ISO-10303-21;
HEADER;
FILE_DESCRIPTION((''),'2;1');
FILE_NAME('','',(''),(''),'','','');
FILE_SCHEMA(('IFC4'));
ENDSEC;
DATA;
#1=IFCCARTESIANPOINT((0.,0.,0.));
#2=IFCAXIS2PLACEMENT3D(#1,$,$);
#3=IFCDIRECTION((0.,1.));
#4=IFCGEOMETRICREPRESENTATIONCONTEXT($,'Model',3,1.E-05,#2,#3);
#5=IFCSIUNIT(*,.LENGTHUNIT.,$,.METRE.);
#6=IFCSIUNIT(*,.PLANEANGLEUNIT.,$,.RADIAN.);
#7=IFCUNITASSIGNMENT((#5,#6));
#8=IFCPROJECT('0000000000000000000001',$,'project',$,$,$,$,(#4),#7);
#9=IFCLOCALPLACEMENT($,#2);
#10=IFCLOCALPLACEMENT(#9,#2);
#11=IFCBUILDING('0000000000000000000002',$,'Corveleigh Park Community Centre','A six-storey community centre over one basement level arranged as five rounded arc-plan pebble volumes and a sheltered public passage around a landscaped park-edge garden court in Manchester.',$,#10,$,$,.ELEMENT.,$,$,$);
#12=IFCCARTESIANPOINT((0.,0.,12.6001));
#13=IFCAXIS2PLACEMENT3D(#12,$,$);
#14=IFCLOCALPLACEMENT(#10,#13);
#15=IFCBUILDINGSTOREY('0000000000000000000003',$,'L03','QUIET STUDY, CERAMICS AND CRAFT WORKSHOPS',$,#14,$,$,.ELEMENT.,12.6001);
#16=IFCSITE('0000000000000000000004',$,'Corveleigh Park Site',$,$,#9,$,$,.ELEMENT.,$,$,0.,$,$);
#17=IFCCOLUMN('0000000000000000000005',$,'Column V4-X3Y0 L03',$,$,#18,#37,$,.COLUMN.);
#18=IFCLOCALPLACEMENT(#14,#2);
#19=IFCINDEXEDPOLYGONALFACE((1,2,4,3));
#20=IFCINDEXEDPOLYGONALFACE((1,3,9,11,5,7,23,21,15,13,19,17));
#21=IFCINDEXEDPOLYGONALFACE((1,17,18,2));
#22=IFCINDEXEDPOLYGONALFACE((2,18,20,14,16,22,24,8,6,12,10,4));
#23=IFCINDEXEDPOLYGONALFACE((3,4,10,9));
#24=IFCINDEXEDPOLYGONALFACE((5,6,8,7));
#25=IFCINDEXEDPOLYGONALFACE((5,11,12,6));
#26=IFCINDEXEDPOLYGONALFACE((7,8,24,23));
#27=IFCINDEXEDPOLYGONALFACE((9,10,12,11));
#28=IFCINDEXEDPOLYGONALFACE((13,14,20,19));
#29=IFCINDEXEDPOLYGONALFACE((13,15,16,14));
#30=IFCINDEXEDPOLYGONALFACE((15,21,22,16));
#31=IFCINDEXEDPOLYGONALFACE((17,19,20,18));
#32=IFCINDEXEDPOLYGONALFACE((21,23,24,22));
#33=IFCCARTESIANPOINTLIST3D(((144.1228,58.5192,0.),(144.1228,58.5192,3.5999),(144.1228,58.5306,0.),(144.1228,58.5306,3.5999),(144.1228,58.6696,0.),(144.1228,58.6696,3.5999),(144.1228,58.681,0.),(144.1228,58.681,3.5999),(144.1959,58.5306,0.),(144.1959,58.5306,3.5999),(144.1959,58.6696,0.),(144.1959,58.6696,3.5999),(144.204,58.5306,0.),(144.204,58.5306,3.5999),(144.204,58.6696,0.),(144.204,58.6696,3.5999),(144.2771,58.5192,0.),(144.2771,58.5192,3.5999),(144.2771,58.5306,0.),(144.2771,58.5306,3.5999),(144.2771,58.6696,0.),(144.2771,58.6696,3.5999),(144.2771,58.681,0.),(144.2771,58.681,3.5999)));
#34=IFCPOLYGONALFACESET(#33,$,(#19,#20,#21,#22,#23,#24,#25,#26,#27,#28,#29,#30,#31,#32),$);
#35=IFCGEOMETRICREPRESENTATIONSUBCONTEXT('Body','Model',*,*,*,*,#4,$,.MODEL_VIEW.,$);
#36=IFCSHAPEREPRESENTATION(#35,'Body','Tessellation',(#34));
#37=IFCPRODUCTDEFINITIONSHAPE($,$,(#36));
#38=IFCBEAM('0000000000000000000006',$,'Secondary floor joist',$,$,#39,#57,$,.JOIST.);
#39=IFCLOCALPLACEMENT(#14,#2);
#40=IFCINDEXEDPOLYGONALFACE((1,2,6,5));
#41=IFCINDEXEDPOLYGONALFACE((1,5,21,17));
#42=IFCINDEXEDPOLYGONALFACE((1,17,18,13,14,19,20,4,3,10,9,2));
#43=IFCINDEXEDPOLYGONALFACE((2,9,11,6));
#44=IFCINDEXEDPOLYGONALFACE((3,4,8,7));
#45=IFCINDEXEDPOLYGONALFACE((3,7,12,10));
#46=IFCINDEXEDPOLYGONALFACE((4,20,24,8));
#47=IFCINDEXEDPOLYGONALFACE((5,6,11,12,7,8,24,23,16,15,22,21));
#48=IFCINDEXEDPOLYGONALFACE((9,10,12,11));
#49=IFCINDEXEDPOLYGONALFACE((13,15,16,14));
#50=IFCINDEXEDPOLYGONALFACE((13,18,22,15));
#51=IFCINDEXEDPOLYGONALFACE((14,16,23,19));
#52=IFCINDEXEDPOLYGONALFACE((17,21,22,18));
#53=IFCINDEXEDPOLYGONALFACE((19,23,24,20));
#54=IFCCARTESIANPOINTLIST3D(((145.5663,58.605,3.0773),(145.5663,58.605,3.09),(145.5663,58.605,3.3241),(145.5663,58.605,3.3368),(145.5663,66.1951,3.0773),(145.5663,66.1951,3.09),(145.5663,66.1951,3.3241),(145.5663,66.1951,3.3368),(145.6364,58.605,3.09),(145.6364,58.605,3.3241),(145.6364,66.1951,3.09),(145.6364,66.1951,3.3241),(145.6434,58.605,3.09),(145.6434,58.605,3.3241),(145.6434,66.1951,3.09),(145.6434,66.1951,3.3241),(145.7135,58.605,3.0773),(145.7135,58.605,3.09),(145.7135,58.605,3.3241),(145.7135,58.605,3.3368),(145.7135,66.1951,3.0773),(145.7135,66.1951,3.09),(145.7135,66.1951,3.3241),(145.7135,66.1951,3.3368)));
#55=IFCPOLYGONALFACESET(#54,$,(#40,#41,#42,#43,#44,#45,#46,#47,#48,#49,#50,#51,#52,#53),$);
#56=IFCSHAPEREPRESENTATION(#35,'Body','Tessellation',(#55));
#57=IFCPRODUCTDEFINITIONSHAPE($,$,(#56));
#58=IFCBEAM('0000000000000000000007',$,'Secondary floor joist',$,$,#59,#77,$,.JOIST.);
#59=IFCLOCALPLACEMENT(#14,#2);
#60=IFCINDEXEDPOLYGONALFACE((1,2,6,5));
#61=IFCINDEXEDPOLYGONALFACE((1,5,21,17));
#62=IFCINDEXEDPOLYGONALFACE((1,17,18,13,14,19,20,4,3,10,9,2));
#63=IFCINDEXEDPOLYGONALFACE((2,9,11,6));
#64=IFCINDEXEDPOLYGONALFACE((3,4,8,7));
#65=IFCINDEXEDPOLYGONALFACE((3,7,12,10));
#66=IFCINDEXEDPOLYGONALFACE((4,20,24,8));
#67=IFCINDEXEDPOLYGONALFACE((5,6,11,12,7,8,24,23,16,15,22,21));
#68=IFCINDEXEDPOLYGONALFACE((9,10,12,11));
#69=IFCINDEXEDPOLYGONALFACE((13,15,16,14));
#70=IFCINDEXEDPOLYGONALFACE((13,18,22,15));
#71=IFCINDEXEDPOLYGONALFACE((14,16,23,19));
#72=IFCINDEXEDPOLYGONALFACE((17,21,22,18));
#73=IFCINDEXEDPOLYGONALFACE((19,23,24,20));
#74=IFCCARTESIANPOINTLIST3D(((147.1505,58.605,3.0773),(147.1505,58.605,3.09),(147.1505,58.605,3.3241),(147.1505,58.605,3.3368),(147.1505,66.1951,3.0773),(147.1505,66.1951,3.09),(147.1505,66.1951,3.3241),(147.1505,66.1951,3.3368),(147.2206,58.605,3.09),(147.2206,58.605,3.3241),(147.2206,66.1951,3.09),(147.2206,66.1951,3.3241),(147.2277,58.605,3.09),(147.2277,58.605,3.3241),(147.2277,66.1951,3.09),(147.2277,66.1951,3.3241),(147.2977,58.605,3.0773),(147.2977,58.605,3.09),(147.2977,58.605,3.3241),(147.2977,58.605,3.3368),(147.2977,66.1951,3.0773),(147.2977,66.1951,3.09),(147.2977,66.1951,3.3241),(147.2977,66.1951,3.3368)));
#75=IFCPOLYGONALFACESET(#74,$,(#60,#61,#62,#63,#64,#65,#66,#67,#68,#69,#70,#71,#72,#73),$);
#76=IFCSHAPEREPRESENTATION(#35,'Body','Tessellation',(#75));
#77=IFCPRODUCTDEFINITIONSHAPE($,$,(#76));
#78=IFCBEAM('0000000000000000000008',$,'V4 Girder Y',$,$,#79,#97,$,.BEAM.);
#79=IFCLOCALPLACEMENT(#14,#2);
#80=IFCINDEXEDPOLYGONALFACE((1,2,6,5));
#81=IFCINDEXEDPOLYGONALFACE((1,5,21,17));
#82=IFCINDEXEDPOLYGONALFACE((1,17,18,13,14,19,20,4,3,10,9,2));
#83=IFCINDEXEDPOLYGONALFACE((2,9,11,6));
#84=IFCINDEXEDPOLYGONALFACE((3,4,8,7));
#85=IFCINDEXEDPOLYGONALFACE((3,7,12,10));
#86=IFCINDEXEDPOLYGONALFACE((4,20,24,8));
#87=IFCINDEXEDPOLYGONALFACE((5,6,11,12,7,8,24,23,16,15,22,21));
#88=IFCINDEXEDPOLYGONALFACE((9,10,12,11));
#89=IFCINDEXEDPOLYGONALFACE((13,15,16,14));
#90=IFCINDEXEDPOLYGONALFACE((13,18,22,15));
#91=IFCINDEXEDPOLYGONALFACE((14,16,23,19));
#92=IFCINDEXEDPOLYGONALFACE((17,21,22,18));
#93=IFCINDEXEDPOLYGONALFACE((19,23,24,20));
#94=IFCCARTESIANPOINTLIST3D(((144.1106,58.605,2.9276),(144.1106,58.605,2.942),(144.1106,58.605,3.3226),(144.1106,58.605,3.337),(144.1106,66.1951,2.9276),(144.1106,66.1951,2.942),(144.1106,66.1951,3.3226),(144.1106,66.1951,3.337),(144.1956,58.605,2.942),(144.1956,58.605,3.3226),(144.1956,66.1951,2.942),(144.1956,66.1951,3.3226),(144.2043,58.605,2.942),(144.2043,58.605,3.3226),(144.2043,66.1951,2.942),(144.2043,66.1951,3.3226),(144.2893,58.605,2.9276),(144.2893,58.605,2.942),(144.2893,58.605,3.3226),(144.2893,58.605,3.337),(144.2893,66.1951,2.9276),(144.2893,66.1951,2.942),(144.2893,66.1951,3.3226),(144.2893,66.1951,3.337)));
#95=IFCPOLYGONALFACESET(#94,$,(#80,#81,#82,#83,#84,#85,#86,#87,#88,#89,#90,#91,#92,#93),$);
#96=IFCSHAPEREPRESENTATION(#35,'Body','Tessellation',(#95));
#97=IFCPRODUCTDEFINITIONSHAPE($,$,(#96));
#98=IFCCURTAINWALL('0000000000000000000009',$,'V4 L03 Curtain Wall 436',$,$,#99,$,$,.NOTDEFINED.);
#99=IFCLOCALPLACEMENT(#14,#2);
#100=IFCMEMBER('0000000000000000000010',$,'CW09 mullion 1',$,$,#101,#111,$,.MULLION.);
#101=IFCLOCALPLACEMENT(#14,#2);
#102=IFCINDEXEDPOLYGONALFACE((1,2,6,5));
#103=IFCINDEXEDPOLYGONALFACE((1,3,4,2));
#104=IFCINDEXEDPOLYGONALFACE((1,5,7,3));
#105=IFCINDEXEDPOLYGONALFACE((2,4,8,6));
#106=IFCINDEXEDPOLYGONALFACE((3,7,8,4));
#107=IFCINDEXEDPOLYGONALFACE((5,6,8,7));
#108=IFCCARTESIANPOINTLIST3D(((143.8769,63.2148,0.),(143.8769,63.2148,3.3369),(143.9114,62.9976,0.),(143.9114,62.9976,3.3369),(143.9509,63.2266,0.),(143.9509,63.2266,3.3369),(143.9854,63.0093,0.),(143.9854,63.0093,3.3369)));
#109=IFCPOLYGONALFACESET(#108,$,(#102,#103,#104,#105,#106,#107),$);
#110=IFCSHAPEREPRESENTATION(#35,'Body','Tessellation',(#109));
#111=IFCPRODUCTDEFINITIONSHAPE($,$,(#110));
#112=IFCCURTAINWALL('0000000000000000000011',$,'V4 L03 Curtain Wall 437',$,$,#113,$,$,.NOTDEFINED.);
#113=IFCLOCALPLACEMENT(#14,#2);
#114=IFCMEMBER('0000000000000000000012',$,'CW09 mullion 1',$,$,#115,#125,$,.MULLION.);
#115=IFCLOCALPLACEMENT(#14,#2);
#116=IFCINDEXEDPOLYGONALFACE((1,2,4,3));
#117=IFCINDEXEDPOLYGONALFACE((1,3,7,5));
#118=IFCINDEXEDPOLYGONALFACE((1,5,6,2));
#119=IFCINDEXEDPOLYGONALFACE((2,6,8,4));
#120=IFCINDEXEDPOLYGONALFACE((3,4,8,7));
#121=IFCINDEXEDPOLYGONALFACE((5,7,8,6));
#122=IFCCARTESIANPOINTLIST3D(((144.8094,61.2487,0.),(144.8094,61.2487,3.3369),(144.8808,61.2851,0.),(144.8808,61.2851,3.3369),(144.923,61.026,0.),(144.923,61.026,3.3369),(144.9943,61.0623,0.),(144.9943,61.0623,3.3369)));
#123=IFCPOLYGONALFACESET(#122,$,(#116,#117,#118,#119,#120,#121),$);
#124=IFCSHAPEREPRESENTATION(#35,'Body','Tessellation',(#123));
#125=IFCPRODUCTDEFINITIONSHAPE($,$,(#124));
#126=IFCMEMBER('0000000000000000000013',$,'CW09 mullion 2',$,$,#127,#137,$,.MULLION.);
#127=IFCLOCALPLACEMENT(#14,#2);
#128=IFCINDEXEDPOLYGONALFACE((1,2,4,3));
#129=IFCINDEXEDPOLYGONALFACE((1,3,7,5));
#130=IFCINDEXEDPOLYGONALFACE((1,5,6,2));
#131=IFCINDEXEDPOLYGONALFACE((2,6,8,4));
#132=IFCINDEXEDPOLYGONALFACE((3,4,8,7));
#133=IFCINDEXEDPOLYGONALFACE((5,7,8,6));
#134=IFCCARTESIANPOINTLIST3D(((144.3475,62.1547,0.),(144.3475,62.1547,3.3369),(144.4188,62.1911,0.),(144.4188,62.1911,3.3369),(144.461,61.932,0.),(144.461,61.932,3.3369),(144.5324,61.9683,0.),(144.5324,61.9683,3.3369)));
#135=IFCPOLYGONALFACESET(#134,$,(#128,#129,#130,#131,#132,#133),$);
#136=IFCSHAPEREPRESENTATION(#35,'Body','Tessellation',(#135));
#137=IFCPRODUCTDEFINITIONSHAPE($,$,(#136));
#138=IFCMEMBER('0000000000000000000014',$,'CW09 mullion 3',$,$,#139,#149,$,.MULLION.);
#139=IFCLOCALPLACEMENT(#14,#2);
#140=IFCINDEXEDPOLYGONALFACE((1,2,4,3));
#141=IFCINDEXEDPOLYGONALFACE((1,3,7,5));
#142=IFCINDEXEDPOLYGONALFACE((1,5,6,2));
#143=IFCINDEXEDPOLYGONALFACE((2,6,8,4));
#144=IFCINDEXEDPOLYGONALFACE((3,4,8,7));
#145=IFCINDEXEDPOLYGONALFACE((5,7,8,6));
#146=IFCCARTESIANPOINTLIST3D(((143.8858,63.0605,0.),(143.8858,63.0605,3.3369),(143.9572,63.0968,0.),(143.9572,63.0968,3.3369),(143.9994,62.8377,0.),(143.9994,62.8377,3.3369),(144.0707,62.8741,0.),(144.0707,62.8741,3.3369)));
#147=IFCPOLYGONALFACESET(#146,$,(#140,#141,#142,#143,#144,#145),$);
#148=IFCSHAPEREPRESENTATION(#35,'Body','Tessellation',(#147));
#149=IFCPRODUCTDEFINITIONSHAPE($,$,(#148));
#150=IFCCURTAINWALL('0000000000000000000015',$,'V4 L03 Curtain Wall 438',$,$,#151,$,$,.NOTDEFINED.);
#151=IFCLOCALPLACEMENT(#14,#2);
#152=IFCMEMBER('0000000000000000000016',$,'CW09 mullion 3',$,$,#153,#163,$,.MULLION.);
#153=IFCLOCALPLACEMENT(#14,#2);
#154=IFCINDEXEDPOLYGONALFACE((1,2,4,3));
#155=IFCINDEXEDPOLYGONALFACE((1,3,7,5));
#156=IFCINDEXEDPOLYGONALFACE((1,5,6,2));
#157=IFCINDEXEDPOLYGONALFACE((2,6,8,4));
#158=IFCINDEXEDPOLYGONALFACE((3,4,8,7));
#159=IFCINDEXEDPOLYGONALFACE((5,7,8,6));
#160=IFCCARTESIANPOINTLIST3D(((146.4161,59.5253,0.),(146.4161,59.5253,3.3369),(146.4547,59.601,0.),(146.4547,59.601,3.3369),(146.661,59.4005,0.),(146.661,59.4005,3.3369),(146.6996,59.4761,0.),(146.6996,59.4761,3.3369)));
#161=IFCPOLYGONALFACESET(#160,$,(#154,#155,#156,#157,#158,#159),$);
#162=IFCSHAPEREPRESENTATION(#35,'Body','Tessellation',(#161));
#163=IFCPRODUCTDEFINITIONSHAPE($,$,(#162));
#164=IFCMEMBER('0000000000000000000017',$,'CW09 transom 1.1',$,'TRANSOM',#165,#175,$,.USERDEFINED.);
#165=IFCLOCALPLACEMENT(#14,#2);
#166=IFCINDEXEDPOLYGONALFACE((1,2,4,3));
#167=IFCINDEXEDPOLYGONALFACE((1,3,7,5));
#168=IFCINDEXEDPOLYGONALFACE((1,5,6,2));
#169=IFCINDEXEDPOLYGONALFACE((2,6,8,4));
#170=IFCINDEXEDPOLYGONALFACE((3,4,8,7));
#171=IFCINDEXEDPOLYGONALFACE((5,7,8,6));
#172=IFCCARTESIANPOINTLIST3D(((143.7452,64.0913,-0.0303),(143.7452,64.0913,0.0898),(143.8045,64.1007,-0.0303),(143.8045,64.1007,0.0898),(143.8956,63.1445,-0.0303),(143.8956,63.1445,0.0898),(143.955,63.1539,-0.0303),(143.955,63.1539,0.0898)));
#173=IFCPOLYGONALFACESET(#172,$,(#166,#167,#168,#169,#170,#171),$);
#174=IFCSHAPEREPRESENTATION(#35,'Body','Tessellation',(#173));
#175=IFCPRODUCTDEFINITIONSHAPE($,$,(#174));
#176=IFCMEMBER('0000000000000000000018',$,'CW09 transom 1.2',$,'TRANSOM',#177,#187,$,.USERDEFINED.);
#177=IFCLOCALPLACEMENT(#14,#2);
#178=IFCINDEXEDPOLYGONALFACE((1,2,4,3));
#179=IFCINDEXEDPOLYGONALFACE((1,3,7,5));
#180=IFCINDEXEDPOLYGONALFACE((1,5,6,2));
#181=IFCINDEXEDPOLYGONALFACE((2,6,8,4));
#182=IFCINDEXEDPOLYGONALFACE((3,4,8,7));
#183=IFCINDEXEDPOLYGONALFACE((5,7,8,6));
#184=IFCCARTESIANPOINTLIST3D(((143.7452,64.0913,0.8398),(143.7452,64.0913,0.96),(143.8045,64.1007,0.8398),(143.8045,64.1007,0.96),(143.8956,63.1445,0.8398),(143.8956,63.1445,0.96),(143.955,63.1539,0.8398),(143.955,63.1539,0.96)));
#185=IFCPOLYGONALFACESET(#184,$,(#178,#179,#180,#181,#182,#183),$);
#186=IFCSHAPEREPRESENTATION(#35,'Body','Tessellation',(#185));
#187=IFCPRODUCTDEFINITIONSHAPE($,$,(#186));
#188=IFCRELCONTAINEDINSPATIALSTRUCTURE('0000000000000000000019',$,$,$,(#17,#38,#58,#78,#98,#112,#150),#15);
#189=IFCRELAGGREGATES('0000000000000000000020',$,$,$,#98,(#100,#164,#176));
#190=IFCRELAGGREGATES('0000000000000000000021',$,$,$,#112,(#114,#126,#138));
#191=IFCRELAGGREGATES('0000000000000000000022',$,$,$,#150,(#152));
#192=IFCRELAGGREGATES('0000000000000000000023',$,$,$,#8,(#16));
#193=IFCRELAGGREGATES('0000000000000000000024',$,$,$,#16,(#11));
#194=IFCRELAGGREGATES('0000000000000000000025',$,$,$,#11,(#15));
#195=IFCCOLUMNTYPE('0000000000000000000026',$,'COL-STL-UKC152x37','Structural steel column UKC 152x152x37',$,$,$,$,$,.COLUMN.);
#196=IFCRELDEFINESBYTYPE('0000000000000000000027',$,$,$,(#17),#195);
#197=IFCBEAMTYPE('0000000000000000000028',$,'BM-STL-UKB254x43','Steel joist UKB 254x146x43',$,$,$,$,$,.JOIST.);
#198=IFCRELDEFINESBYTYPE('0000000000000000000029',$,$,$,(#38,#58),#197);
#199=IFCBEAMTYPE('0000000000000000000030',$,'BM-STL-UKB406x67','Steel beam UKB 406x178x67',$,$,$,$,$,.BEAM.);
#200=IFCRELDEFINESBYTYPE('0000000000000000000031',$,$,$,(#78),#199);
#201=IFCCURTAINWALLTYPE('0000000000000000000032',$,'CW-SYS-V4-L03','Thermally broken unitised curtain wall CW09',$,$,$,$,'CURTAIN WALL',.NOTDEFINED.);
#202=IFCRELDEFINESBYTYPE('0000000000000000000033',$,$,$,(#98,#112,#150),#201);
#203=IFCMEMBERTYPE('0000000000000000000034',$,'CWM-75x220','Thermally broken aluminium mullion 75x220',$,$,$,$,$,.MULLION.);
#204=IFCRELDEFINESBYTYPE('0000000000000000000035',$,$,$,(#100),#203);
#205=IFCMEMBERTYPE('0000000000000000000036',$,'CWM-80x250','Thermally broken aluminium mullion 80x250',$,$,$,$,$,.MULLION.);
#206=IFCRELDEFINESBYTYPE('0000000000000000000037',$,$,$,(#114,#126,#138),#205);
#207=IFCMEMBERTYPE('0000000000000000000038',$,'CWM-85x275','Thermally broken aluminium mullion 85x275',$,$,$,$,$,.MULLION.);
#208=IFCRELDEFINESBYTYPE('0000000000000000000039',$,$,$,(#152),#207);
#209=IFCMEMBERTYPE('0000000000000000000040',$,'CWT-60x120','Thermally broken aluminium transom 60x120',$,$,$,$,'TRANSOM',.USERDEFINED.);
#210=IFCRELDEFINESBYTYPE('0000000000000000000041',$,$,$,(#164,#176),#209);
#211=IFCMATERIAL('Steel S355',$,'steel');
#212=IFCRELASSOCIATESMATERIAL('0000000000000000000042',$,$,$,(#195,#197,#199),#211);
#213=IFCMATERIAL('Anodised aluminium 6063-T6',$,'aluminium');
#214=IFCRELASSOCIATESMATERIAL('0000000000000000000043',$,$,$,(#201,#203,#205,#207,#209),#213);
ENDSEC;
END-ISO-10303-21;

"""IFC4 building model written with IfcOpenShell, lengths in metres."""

from ifc_helpers import new_model, si_unit, direction, frame, origin, origin_2d, place, context, subcontext, project, spatial, rectangle, i_section, extrude, material, material_profile, profile_set, type_object, element, aggregate, save


model = new_model("IFC4")

# Units and contexts
model_context = context("Model", 3, precision=1e-05, world=origin(), true_north=direction((0.0, 1.0)))
body_context = subcontext(model_context, "Body", "Model", "MODEL_VIEW")
ifc_project = project(units=[si_unit("LENGTHUNIT", "METRE"), si_unit("PLANEANGLEUNIT", "RADIAN")], contexts=[model_context])

# Site, building, storey
site_placement = place(None, origin())
site = spatial("IfcSite", under=ifc_project, at=site_placement, Name="Corveleigh Park Site", CompositionType="ELEMENT", RefElevation=0.0)
building_placement = place(site_placement, origin())
building = spatial("IfcBuilding", under=site, at=building_placement, Name="Corveleigh Park Community Centre", Description="A six-storey community centre over one basement level arranged as five rounded arc-plan pebble volumes and a sheltered public passage around a landscaped park-edge garden court in Manchester.", CompositionType="ELEMENT")
storey_placement = place(building_placement, frame((0.0, 0.0, 12.6001)))
storey = spatial("IfcBuildingStorey", under=building, at=storey_placement, Name="L03", Description="QUIET STUDY, CERAMICS AND CRAFT WORKSHOPS", CompositionType="ELEMENT", Elevation=12.6001)

# Column
ifc_material_1 = material(Name="Steel S355", Category="steel")
ifc_material_profile_1 = material_profile(ifc_material_1, i_section(OverallWidth=0.1543, OverallDepth=0.1619, WebThickness=0.0081, FlangeThickness=0.0115, at=origin_2d()), Name="UKC 152x152x37", Category="steel")
ifc_profile_set_1 = profile_set([ifc_material_profile_1], Name="Steel S355")
column_type = type_object("IfcColumnType", Name="COL-STL-UKC152x37", Description="Structural steel column UKC 152x152x37", PredefinedType="COLUMN", material=ifc_profile_set_1)
column_placement = place(storey_placement, frame((144.2, 58.6001, 0.0), z_axis=(0.0, 0.0, 1.0), x_axis=(1.0, 0.0, 0.0)))
element("IfcColumn", 1, at=column_placement, inside=storey, type_object=column_type, Name="Column V4-X3Y0 L03", PredefinedType="COLUMN", context=body_context, shape_type="SweptSolid", body=[
    extrude(i_section(OverallWidth=0.1543, OverallDepth=0.1619, WebThickness=0.0081, FlangeThickness=0.0115, at=origin_2d()), origin(), (0.0, 0.0, 1.0), 3.5999),
])

# Beams
ifc_material_profile_2 = material_profile(ifc_material_1, i_section(OverallWidth=0.1472, OverallDepth=0.2595, WebThickness=0.0071, FlangeThickness=0.0127, at=origin_2d()), Name="UKB 254x146x43", Category="steel")
ifc_profile_set_2 = profile_set([ifc_material_profile_2], Name="Steel S355")
beam_type_1 = type_object("IfcBeamType", Name="BM-STL-UKB254x43", Description="Steel joist UKB 254x146x43", PredefinedType="JOIST", material=ifc_profile_set_2)
for number, where, z_axis, x_axis, name in (
    (2, (145.6399, 58.605, 3.207), (0.0, 1.0, 0.0), (-1.0, 0.0, 0.0), "Secondary floor joist"),
    (3, (147.2241, 58.605, 3.207), (0.0, 1.0, 0.0), (-1.0, 0.0, 0.0), "Secondary floor joist"),
):
    element("IfcBeam", number, at=place(storey_placement, frame(where, z_axis=z_axis, x_axis=x_axis)), inside=storey, type_object=beam_type_1, Name=name, PredefinedType="JOIST", context=body_context, shape_type="SweptSolid", body=[
        extrude(i_section(OverallWidth=0.1472, OverallDepth=0.2595, WebThickness=0.0071, FlangeThickness=0.0127, at=origin_2d()), origin(), (0.0, 0.0, 1.0), 7.5901),
    ])
ifc_material_profile_3 = material_profile(ifc_material_1, i_section(OverallWidth=0.1787, OverallDepth=0.4094, WebThickness=0.0088, FlangeThickness=0.0144, at=origin_2d()), Name="UKB 406x178x67", Category="steel")
ifc_profile_set_3 = profile_set([ifc_material_profile_3], Name="Steel S355")
beam_type_2 = type_object("IfcBeamType", Name="BM-STL-UKB406x67", Description="Steel beam UKB 406x178x67", PredefinedType="BEAM", material=ifc_profile_set_3)
beam_1_placement = place(storey_placement, frame((144.2, 58.605, 3.1323), z_axis=(0.0, 1.0, 0.0), x_axis=(-1.0, 0.0, 0.0)))
element("IfcBeam", 4, at=beam_1_placement, inside=storey, type_object=beam_type_2, Name="V4 Girder Y", PredefinedType="BEAM", context=body_context, shape_type="SweptSolid", body=[
    extrude(i_section(OverallWidth=0.1787, OverallDepth=0.4094, WebThickness=0.0088, FlangeThickness=0.0144, at=origin_2d()), origin(), (0.0, 0.0, 1.0), 7.5901),
])

# Curtain wall, member
ifc_material_2 = material(Name="Anodised aluminium 6063-T6", Category="aluminium")
curtain_wall_type = type_object("IfcCurtainWallType", Name="CW-SYS-V4-L03", Description="Thermally broken unitised curtain wall CW09", ElementType="CURTAIN WALL", PredefinedType="NOTDEFINED", material=ifc_material_2)
curtain_wall_1_placement = place(storey_placement, origin())
curtain_wall_1 = element("IfcCurtainWall", 5, at=curtain_wall_1_placement, inside=storey, type_object=curtain_wall_type, Name="V4 L03 Curtain Wall 436", PredefinedType="NOTDEFINED")
ifc_material_profile_4 = material_profile(ifc_material_2, rectangle(XDim=0.075, YDim=0.22, at=origin_2d()), Name="ALU-M75x220", Category="aluminium")
ifc_profile_set_4 = profile_set([ifc_material_profile_4], Name="Anodised aluminium 6063-T6")
member_type_1 = type_object("IfcMemberType", Name="CWM-75x220", Description="Thermally broken aluminium mullion 75x220", PredefinedType="MULLION", material=ifc_profile_set_4)
member_1_placement = place(storey_placement, frame((143.9312, 63.1121, 0.0), z_axis=(0.0, 0.0, 1.0), x_axis=(-0.987626, -0.156825, 0.0)))
member_1 = element("IfcMember", 6, at=member_1_placement, type_object=member_type_1, Name="CW09 mullion 1", PredefinedType="MULLION", context=body_context, shape_type="SweptSolid", body=[
    extrude(rectangle(XDim=0.075, YDim=0.22, at=origin_2d()), origin(), (0.0, 0.0, 1.0), 3.3369),
])

# Curtain wall, members
curtain_wall_2_placement = place(storey_placement, origin())
curtain_wall_2 = element("IfcCurtainWall", 7, at=curtain_wall_2_placement, inside=storey, type_object=curtain_wall_type, Name="V4 L03 Curtain Wall 437", PredefinedType="NOTDEFINED")
ifc_material_profile_5 = material_profile(ifc_material_2, rectangle(XDim=0.0801, YDim=0.25, at=origin_2d()), Name="ALU-M80x250", Category="aluminium")
ifc_profile_set_5 = profile_set([ifc_material_profile_5], Name="Anodised aluminium 6063-T6")
member_type_2 = type_object("IfcMemberType", Name="CWM-80x250", Description="Thermally broken aluminium mullion 80x250", PredefinedType="MULLION", material=ifc_profile_set_5)
member_2_placement = place(storey_placement, frame((144.9019, 61.1555, 0.0), z_axis=(0.0, 0.0, 1.0), x_axis=(-0.890899, -0.454202, 0.0)))
member_2 = element("IfcMember", 8, at=member_2_placement, type_object=member_type_2, Name="CW09 mullion 1", PredefinedType="MULLION", context=body_context, shape_type="SweptSolid", body=[
    extrude(rectangle(XDim=0.0801, YDim=0.25, at=origin_2d()), origin(), (0.0, 0.0, 1.0), 3.3369),
])
member_3_placement = place(storey_placement, frame((144.4399, 62.0615, 0.0), z_axis=(0.0, 0.0, 1.0), x_axis=(-0.890899, -0.454202, 0.0)))
member_3 = element("IfcMember", 9, at=member_3_placement, type_object=member_type_2, Name="CW09 mullion 2", PredefinedType="MULLION", context=body_context, shape_type="SweptSolid", body=[
    extrude(rectangle(XDim=0.0801, YDim=0.25, at=origin_2d()), origin(), (0.0, 0.0, 1.0), 3.3369),
])
member_4_placement = place(storey_placement, frame((143.9783, 62.9673, 0.0), z_axis=(0.0, 0.0, 1.0), x_axis=(-0.890899, -0.454202, 0.0)))
member_4 = element("IfcMember", 10, at=member_4_placement, type_object=member_type_2, Name="CW09 mullion 3", PredefinedType="MULLION", context=body_context, shape_type="SweptSolid", body=[
    extrude(rectangle(XDim=0.0801, YDim=0.25, at=origin_2d()), origin(), (0.0, 0.0, 1.0), 3.3369),
])

# Curtain wall, member
curtain_wall_3_placement = place(storey_placement, origin())
curtain_wall_3 = element("IfcCurtainWall", 11, at=curtain_wall_3_placement, inside=storey, type_object=curtain_wall_type, Name="V4 L03 Curtain Wall 438", PredefinedType="NOTDEFINED")
ifc_material_profile_6 = material_profile(ifc_material_2, rectangle(XDim=0.085, YDim=0.2749, at=origin_2d()), Name="ALU-M85x275", Category="aluminium")
ifc_profile_set_6 = profile_set([ifc_material_profile_6], Name="Anodised aluminium 6063-T6")
member_type_3 = type_object("IfcMemberType", Name="CWM-85x275", Description="Thermally broken aluminium mullion 85x275", PredefinedType="MULLION", material=ifc_profile_set_6)
member_5_placement = place(storey_placement, frame((146.5579, 59.5007, 0.0), z_axis=(0.0, 0.0, 1.0), x_axis=(-0.454202, -0.890899, 0.0)))
member_5 = element("IfcMember", 12, at=member_5_placement, type_object=member_type_3, Name="CW09 mullion 3", PredefinedType="MULLION", context=body_context, shape_type="SweptSolid", body=[
    extrude(rectangle(XDim=0.085, YDim=0.2749, at=origin_2d()), origin(), (0.0, 0.0, 1.0), 3.3369),
])

# Members
ifc_material_profile_7 = material_profile(ifc_material_2, rectangle(XDim=0.0601, YDim=0.1201, at=origin_2d()), Name="ALU-T60x120", Category="aluminium")
ifc_profile_set_7 = profile_set([ifc_material_profile_7], Name="Anodised aluminium 6063-T6")
member_type_4 = type_object("IfcMemberType", Name="CWT-60x120", Description="Thermally broken aluminium transom 60x120", ElementType="TRANSOM", PredefinedType="USERDEFINED", material=ifc_profile_set_7)
member_6_placement = place(storey_placement, frame((143.9253, 63.1492, 0.0298), z_axis=(-0.156878, 0.987618, 0.0), x_axis=(-0.987618, -0.156878, 0.0)))
member_6 = element("IfcMember", 13, at=member_6_placement, type_object=member_type_4, Name="CW09 transom 1.1", ObjectType="TRANSOM", PredefinedType="USERDEFINED", context=body_context, shape_type="SweptSolid", body=[
    extrude(rectangle(XDim=0.0601, YDim=0.1201, at=origin_2d()), origin(), (0.0, 0.0, 1.0), 0.9587),
])
member_7_placement = place(storey_placement, frame((143.9253, 63.1492, 0.8999), z_axis=(-0.156878, 0.987618, 0.0), x_axis=(-0.987618, -0.156878, 0.0)))
member_7 = element("IfcMember", 14, at=member_7_placement, type_object=member_type_4, Name="CW09 transom 1.2", ObjectType="TRANSOM", PredefinedType="USERDEFINED", context=body_context, shape_type="SweptSolid", body=[
    extrude(rectangle(XDim=0.0601, YDim=0.1201, at=origin_2d()), origin(), (0.0, 0.0, 1.0), 0.9587),
])
aggregate(curtain_wall_1, [member_1, member_6, member_7])

aggregate(curtain_wall_2, [member_2, member_3, member_4])
aggregate(curtain_wall_3, [member_5])

save(model, "model.ifc")
